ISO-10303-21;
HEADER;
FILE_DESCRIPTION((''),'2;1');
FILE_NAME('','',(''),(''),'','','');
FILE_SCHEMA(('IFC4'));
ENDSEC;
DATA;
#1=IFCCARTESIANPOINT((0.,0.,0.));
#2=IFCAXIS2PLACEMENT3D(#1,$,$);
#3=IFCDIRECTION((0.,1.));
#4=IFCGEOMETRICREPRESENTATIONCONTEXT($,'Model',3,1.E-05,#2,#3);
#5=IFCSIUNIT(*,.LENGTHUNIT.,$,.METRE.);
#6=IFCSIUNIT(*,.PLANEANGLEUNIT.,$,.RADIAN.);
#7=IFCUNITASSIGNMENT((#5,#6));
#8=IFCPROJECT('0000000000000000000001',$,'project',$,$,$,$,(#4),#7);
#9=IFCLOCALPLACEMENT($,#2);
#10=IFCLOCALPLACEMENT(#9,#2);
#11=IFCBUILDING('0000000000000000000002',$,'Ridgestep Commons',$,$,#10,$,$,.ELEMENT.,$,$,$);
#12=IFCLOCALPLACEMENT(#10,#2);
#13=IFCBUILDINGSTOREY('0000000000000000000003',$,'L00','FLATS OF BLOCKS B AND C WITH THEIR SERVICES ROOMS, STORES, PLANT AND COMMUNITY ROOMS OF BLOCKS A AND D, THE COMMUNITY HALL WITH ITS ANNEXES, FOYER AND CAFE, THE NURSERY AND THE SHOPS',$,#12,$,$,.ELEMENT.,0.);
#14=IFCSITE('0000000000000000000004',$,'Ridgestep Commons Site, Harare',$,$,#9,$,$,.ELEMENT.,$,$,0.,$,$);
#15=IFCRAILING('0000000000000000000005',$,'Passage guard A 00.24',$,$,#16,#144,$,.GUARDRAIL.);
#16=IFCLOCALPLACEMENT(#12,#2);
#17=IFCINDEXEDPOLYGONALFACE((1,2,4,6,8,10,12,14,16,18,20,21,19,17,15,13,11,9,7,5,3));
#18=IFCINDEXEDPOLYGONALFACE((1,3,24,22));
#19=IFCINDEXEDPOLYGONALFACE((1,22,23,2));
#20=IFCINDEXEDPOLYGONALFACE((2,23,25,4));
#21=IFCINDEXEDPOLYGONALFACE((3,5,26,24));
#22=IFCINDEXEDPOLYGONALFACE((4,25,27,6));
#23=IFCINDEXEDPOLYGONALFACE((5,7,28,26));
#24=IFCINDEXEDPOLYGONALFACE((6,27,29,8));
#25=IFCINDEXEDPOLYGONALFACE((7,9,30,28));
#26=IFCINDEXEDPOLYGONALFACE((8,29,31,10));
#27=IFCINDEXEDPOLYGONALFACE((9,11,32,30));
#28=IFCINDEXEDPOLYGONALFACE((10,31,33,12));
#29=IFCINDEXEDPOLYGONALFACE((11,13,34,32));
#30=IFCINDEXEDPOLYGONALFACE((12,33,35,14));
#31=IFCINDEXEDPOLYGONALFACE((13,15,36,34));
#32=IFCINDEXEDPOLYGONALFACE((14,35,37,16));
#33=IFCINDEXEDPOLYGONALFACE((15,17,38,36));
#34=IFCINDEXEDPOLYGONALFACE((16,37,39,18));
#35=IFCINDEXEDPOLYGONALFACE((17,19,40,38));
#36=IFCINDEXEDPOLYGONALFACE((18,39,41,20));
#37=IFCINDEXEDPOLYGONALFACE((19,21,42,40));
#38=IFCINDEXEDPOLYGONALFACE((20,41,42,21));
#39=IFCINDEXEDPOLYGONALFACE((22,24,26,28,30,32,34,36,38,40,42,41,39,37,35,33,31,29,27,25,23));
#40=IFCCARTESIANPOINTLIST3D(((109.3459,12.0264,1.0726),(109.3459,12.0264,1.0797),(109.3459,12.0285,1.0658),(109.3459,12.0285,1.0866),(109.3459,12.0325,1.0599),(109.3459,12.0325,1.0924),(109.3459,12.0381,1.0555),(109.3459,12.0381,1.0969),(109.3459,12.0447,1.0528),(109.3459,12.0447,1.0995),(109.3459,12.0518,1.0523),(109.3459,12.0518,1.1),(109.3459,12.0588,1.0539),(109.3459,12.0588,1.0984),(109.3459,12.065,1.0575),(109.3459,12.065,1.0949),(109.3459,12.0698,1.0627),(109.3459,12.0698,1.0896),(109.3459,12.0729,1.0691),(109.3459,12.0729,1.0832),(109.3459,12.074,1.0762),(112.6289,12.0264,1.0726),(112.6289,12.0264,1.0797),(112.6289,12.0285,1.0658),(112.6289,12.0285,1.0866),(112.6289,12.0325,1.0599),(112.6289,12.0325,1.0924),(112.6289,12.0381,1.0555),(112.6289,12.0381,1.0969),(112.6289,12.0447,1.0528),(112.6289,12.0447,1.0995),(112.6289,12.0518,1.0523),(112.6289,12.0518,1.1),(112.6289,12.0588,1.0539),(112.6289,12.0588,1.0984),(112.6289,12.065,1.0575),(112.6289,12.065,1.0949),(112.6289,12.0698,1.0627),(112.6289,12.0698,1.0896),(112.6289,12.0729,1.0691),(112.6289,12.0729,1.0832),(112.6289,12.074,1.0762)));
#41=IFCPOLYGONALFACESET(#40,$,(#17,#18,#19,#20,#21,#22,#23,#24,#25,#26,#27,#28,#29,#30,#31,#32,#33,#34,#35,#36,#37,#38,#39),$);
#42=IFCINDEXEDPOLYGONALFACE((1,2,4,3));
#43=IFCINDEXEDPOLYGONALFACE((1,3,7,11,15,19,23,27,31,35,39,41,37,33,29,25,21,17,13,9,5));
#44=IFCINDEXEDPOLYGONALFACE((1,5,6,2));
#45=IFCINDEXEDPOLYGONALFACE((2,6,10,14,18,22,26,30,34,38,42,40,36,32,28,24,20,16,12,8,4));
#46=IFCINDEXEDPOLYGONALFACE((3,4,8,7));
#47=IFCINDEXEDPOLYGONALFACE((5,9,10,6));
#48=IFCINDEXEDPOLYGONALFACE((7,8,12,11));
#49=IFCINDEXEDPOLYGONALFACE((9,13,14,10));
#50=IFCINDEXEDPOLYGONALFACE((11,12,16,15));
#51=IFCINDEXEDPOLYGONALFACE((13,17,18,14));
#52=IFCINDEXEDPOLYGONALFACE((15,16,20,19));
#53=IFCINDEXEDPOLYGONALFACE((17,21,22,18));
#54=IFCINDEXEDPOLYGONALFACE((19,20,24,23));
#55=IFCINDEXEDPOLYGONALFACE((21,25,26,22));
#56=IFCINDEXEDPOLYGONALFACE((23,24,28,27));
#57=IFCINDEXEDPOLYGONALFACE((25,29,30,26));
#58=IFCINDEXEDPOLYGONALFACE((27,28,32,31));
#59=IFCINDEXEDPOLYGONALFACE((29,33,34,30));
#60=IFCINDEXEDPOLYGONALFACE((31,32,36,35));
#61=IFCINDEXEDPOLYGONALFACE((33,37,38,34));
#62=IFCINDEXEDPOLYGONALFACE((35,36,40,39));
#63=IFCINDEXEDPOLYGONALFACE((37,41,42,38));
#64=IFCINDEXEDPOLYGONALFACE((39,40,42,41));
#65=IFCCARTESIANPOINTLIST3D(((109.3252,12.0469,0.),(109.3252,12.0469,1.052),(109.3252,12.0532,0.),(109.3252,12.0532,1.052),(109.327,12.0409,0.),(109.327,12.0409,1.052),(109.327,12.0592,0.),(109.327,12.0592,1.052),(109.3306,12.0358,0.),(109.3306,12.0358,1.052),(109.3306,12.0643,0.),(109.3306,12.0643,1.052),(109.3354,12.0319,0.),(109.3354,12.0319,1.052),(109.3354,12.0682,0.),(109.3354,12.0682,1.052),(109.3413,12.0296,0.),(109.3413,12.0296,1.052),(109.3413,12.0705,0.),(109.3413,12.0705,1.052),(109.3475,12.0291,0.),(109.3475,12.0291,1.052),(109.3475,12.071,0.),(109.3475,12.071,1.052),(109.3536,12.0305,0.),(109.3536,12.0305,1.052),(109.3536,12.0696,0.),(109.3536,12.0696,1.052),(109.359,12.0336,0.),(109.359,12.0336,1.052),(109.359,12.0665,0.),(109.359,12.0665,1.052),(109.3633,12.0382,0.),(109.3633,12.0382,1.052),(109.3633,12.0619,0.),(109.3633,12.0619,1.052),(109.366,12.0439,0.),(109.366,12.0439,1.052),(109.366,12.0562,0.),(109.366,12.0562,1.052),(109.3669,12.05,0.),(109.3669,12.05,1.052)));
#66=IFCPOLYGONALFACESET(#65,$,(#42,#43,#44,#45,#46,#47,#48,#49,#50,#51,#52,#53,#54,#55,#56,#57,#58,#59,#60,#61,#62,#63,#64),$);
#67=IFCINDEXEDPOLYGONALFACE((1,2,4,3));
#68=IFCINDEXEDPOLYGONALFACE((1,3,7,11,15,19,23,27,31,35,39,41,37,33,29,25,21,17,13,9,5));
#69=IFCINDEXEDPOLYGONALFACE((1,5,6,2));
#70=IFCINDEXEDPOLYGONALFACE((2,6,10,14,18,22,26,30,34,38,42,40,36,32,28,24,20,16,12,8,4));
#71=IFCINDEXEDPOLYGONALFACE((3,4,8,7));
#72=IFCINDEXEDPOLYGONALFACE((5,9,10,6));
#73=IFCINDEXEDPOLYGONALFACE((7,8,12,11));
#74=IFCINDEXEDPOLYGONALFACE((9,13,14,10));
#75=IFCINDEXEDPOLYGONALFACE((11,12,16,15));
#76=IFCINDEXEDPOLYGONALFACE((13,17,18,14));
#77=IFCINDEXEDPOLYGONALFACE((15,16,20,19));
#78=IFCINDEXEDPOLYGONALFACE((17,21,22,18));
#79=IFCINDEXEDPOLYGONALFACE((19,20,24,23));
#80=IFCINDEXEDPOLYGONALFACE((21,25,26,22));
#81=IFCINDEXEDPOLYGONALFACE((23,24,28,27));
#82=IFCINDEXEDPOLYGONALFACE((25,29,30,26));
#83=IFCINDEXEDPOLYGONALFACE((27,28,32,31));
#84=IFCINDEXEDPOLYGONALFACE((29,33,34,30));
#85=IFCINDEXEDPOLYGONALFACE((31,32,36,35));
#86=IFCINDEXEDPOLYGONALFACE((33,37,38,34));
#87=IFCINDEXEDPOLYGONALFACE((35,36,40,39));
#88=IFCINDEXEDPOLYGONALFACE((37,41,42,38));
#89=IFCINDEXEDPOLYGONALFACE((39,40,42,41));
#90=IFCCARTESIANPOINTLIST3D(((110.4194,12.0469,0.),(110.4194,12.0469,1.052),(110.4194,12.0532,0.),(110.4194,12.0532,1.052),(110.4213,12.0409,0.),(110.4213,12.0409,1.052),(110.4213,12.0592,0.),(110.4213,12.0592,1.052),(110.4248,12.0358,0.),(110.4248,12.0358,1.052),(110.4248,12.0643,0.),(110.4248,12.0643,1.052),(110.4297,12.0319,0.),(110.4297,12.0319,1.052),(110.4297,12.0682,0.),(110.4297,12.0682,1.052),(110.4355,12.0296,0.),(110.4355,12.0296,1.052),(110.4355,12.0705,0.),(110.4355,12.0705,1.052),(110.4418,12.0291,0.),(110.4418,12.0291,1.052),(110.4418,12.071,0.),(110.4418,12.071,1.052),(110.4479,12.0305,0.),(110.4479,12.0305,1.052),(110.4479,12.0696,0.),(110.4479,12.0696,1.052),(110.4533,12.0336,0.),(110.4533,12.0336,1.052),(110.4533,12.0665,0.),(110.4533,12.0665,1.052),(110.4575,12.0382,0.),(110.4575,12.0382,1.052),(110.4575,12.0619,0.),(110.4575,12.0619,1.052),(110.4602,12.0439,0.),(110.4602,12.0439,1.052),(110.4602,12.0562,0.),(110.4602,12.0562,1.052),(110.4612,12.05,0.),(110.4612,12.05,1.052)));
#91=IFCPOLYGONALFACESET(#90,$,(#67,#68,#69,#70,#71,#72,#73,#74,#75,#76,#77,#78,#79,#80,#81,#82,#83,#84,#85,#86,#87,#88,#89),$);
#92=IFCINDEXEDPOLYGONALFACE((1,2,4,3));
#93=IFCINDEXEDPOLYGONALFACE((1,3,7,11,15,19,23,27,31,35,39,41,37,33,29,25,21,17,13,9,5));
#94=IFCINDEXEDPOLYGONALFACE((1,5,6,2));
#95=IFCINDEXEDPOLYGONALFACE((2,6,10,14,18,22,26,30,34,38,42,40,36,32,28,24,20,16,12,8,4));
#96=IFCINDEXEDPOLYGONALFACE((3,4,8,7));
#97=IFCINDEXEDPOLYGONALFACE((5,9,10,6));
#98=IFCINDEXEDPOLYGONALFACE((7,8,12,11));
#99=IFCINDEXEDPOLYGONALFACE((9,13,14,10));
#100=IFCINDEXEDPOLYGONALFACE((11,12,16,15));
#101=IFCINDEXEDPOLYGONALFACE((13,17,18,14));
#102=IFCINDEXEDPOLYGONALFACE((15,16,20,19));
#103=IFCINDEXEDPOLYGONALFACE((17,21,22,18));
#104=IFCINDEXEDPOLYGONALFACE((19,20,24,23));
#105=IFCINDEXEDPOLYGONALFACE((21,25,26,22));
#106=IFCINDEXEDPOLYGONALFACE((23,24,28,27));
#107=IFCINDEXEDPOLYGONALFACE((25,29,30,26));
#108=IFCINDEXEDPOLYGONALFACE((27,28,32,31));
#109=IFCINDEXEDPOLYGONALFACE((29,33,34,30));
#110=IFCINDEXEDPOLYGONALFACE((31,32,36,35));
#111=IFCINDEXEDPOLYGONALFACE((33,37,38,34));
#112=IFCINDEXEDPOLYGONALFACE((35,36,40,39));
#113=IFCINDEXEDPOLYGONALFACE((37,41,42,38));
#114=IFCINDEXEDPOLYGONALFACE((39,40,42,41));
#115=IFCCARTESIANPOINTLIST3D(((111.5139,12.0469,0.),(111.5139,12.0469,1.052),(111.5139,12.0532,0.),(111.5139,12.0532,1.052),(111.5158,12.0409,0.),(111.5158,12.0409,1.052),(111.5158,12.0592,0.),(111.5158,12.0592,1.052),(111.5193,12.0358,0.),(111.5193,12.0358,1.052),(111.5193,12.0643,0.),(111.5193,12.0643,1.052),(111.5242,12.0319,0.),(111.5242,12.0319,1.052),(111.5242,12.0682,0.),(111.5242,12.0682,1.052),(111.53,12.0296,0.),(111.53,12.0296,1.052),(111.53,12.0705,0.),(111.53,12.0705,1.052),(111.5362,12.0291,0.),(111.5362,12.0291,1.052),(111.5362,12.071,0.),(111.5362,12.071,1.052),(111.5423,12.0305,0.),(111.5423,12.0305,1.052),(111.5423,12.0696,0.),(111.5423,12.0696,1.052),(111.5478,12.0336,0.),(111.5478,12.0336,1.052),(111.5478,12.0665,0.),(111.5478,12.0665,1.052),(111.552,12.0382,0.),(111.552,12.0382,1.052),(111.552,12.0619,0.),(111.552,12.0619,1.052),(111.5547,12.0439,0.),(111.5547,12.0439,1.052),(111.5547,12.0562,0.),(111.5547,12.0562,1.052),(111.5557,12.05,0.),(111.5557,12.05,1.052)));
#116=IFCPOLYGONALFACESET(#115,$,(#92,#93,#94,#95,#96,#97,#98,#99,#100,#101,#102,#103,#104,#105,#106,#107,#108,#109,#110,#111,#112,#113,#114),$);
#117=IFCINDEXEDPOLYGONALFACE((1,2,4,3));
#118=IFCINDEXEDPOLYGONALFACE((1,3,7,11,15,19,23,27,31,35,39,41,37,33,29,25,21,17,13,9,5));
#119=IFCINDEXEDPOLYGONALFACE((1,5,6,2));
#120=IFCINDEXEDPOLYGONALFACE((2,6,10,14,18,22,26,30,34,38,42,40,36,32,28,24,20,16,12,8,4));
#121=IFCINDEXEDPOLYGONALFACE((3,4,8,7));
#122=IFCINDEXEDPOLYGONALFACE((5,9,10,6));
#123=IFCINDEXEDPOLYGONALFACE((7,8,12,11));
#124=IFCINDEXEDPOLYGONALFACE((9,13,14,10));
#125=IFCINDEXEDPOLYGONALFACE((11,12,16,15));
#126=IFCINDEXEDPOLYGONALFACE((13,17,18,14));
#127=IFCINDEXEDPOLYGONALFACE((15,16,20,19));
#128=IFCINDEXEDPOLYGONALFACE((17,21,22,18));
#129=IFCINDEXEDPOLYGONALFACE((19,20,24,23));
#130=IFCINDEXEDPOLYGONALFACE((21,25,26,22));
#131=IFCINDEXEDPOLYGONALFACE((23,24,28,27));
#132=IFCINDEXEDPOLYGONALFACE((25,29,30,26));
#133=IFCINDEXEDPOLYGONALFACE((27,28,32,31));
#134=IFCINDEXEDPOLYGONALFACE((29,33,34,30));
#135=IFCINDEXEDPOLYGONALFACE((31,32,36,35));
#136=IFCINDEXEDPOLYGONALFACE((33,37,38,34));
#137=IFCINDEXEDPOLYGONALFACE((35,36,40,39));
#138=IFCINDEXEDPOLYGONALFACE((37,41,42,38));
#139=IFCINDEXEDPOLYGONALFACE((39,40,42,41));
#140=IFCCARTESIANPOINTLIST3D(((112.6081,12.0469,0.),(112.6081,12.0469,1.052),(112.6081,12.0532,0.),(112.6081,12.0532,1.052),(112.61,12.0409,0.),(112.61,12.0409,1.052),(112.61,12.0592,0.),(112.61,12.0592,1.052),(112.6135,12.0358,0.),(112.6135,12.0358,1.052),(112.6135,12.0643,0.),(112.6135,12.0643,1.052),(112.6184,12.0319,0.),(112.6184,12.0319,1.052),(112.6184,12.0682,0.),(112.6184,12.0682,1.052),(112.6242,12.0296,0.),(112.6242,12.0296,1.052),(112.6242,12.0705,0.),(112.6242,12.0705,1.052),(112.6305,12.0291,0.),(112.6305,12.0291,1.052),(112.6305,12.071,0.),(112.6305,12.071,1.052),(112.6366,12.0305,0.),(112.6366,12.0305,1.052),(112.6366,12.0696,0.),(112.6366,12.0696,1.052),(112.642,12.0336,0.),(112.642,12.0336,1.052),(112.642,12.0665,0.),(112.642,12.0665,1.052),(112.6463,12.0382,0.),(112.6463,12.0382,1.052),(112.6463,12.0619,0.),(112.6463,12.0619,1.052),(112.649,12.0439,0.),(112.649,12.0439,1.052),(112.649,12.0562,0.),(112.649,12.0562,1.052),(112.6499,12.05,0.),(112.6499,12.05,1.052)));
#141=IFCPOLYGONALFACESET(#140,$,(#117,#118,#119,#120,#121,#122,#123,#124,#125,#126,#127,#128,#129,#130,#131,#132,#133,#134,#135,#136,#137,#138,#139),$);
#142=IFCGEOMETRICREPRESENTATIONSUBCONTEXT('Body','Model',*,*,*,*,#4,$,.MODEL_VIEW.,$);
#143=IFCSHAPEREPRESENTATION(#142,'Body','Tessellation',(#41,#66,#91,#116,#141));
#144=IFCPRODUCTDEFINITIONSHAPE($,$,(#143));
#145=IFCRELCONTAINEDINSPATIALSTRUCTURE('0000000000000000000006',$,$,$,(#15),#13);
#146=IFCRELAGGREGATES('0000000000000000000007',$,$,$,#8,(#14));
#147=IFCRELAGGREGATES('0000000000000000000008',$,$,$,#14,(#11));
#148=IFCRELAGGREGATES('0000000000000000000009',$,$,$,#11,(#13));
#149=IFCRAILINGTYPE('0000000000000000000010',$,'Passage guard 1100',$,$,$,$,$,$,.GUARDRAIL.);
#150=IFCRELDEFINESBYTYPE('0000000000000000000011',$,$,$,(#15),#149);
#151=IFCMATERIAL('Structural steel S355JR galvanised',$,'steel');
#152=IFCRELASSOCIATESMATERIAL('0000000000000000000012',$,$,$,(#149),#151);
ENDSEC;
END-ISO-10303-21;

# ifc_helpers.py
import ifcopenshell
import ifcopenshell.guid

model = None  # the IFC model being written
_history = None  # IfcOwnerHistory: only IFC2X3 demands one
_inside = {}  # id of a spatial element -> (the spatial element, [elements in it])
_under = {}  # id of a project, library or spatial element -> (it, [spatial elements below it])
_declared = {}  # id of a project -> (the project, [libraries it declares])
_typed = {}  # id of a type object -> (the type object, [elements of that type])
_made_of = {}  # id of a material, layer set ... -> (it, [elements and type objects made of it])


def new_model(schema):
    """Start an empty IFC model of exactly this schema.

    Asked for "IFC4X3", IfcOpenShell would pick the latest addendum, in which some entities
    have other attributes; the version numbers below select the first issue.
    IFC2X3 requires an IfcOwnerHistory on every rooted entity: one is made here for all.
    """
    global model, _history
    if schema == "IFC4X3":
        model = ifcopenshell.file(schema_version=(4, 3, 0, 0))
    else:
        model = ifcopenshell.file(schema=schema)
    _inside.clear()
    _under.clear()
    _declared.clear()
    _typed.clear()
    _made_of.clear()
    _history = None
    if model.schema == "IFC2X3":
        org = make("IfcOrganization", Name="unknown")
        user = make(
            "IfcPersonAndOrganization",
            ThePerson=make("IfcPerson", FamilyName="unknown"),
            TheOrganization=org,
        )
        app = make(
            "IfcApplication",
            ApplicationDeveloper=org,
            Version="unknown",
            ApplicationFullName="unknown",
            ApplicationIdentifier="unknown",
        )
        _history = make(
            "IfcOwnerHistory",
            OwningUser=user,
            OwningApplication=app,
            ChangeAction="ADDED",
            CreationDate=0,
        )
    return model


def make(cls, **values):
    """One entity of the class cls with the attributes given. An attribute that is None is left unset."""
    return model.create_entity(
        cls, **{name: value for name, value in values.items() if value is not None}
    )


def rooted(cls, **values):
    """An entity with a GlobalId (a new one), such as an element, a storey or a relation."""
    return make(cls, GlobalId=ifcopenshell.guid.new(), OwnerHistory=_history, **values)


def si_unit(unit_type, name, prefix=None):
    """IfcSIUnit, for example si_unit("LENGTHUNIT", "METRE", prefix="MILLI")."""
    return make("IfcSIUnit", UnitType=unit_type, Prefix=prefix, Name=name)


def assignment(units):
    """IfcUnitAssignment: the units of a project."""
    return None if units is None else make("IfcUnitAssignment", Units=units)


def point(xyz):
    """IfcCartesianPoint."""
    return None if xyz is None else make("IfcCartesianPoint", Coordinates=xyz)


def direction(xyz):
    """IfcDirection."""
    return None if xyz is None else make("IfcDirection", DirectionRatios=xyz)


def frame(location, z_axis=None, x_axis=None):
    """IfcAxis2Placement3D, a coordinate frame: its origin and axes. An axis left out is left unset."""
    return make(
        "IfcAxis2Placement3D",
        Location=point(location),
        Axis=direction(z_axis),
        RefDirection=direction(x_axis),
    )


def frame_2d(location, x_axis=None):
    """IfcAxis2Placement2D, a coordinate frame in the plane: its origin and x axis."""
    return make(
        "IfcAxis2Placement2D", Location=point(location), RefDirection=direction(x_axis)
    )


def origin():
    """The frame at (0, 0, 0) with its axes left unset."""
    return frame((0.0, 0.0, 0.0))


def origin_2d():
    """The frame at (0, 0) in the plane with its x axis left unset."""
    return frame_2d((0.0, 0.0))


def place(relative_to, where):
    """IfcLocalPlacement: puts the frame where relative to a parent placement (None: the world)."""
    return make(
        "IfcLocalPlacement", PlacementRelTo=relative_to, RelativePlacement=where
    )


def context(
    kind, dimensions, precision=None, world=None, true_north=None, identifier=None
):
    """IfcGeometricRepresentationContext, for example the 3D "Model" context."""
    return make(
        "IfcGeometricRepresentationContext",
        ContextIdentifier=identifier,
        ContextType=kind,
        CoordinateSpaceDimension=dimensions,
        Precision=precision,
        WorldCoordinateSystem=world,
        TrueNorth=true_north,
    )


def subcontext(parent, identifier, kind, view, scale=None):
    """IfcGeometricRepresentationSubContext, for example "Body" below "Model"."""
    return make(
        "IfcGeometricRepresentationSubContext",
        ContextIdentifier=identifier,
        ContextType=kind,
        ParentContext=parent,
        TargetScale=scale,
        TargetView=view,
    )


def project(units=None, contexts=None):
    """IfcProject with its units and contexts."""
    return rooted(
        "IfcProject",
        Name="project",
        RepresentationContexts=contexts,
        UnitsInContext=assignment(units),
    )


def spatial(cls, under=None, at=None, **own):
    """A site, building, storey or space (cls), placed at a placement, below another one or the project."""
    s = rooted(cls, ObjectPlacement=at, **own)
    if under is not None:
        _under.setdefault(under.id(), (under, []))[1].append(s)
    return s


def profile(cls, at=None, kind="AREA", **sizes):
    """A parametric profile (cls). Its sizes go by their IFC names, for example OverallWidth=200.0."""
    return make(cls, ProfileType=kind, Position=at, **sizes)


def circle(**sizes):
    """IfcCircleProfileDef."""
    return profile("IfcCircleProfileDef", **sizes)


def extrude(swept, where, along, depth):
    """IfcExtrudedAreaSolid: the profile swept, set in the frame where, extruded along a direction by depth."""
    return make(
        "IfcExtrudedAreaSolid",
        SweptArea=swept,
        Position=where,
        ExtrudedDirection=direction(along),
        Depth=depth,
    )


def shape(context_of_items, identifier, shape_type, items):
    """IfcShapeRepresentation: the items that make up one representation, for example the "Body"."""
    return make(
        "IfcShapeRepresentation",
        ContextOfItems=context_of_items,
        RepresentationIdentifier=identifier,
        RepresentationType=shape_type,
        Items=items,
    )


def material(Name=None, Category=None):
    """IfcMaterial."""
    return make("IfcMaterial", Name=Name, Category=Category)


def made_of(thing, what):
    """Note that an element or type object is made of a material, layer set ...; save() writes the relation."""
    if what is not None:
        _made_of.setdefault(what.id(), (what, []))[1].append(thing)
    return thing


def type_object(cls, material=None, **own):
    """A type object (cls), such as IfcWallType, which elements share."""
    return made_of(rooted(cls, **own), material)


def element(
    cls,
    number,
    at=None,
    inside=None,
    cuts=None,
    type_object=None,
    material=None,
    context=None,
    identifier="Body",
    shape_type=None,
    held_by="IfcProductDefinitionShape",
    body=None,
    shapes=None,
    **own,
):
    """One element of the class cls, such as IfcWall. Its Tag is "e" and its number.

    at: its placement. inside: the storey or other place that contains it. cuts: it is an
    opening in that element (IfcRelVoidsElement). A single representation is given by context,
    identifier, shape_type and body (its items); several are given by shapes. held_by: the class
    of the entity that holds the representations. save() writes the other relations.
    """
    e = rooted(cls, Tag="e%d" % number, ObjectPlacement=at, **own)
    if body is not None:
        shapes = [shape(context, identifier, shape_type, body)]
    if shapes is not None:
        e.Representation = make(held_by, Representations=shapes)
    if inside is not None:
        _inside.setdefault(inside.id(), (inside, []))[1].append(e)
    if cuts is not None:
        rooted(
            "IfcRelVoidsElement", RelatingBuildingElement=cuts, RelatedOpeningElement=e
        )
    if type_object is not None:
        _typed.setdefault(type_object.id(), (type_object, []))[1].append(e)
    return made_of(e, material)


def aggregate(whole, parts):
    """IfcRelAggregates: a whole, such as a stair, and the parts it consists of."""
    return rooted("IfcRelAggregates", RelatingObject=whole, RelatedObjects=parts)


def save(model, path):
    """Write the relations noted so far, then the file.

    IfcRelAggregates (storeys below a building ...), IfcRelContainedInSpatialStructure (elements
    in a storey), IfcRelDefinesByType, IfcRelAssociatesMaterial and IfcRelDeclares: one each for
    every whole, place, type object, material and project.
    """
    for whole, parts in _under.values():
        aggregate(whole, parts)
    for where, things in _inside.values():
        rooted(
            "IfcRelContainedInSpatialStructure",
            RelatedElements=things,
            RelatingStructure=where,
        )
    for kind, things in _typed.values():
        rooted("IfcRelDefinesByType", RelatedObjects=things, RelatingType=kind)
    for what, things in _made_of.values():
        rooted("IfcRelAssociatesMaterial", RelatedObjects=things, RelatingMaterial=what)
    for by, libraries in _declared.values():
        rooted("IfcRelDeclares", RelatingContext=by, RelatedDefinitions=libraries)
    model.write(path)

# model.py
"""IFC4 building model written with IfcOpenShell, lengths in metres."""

from ifc_helpers import new_model, si_unit, direction, frame, origin, origin_2d, place, context, subcontext, project, spatial, circle, extrude, material, type_object, element, save


model = new_model("IFC4")

# Units and contexts
model_context = context("Model", 3, precision=1e-05, world=origin(), true_north=direction((0.0, 1.0)))
body_context = subcontext(model_context, "Body", "Model", "MODEL_VIEW")
ifc_project = project(units=[si_unit("LENGTHUNIT", "METRE"), si_unit("PLANEANGLEUNIT", "RADIAN")], contexts=[model_context])

# Site, building, storey
site_placement = place(None, origin())
site = spatial("IfcSite", under=ifc_project, at=site_placement, Name="Ridgestep Commons Site, Harare", CompositionType="ELEMENT", RefElevation=0.0)
building_placement = place(site_placement, origin())
building = spatial("IfcBuilding", under=site, at=building_placement, Name="Ridgestep Commons", CompositionType="ELEMENT")
storey_placement = place(building_placement, origin())
storey = spatial("IfcBuildingStorey", under=building, at=storey_placement, Name="L00", Description="FLATS OF BLOCKS B AND C WITH THEIR SERVICES ROOMS, STORES, PLANT AND COMMUNITY ROOMS OF BLOCKS A AND D, THE COMMUNITY HALL WITH ITS ANNEXES, FOYER AND CAFE, THE NURSERY AND THE SHOPS", CompositionType="ELEMENT", Elevation=0.0)

# Railing
ifc_material_1 = material(Name="Structural steel S355JR galvanised", Category="steel")
railing_type_1 = type_object("IfcRailingType", Name="Passage guard 1100", PredefinedType="GUARDRAIL", material=ifc_material_1)
railing_1_placement = place(storey_placement, frame((109.3459, 12.05, 0.0)))
element("IfcRailing", 1, at=railing_1_placement, inside=storey, type_object=railing_type_1, Name="Passage guard A 00.24", PredefinedType="GUARDRAIL", context=body_context, shape_type="SweptSolid", body=[
    extrude(circle(Radius=0.0239, at=origin_2d()), frame((0.0, 0.0, 1.0762), z_axis=(1.0, 0.0, 0.0), x_axis=(0.0, 1.0, 0.0)), (0.0, 0.0, 1.0), 3.283),
    extrude(circle(Radius=0.021, at=origin_2d()), origin(), (0.0, 0.0, 1.0), 1.052),
    extrude(circle(Radius=0.021, at=origin_2d()), frame((1.0942, 0.0, 0.0)), (0.0, 0.0, 1.0), 1.052),
    extrude(circle(Radius=0.021, at=origin_2d()), frame((2.1887, 0.0, 0.0)), (0.0, 0.0, 1.0), 1.052),
    extrude(circle(Radius=0.021, at=origin_2d()), frame((3.283, 0.0, 0.0)), (0.0, 0.0, 1.0), 1.052),
])

save(model, "model.ifc")
